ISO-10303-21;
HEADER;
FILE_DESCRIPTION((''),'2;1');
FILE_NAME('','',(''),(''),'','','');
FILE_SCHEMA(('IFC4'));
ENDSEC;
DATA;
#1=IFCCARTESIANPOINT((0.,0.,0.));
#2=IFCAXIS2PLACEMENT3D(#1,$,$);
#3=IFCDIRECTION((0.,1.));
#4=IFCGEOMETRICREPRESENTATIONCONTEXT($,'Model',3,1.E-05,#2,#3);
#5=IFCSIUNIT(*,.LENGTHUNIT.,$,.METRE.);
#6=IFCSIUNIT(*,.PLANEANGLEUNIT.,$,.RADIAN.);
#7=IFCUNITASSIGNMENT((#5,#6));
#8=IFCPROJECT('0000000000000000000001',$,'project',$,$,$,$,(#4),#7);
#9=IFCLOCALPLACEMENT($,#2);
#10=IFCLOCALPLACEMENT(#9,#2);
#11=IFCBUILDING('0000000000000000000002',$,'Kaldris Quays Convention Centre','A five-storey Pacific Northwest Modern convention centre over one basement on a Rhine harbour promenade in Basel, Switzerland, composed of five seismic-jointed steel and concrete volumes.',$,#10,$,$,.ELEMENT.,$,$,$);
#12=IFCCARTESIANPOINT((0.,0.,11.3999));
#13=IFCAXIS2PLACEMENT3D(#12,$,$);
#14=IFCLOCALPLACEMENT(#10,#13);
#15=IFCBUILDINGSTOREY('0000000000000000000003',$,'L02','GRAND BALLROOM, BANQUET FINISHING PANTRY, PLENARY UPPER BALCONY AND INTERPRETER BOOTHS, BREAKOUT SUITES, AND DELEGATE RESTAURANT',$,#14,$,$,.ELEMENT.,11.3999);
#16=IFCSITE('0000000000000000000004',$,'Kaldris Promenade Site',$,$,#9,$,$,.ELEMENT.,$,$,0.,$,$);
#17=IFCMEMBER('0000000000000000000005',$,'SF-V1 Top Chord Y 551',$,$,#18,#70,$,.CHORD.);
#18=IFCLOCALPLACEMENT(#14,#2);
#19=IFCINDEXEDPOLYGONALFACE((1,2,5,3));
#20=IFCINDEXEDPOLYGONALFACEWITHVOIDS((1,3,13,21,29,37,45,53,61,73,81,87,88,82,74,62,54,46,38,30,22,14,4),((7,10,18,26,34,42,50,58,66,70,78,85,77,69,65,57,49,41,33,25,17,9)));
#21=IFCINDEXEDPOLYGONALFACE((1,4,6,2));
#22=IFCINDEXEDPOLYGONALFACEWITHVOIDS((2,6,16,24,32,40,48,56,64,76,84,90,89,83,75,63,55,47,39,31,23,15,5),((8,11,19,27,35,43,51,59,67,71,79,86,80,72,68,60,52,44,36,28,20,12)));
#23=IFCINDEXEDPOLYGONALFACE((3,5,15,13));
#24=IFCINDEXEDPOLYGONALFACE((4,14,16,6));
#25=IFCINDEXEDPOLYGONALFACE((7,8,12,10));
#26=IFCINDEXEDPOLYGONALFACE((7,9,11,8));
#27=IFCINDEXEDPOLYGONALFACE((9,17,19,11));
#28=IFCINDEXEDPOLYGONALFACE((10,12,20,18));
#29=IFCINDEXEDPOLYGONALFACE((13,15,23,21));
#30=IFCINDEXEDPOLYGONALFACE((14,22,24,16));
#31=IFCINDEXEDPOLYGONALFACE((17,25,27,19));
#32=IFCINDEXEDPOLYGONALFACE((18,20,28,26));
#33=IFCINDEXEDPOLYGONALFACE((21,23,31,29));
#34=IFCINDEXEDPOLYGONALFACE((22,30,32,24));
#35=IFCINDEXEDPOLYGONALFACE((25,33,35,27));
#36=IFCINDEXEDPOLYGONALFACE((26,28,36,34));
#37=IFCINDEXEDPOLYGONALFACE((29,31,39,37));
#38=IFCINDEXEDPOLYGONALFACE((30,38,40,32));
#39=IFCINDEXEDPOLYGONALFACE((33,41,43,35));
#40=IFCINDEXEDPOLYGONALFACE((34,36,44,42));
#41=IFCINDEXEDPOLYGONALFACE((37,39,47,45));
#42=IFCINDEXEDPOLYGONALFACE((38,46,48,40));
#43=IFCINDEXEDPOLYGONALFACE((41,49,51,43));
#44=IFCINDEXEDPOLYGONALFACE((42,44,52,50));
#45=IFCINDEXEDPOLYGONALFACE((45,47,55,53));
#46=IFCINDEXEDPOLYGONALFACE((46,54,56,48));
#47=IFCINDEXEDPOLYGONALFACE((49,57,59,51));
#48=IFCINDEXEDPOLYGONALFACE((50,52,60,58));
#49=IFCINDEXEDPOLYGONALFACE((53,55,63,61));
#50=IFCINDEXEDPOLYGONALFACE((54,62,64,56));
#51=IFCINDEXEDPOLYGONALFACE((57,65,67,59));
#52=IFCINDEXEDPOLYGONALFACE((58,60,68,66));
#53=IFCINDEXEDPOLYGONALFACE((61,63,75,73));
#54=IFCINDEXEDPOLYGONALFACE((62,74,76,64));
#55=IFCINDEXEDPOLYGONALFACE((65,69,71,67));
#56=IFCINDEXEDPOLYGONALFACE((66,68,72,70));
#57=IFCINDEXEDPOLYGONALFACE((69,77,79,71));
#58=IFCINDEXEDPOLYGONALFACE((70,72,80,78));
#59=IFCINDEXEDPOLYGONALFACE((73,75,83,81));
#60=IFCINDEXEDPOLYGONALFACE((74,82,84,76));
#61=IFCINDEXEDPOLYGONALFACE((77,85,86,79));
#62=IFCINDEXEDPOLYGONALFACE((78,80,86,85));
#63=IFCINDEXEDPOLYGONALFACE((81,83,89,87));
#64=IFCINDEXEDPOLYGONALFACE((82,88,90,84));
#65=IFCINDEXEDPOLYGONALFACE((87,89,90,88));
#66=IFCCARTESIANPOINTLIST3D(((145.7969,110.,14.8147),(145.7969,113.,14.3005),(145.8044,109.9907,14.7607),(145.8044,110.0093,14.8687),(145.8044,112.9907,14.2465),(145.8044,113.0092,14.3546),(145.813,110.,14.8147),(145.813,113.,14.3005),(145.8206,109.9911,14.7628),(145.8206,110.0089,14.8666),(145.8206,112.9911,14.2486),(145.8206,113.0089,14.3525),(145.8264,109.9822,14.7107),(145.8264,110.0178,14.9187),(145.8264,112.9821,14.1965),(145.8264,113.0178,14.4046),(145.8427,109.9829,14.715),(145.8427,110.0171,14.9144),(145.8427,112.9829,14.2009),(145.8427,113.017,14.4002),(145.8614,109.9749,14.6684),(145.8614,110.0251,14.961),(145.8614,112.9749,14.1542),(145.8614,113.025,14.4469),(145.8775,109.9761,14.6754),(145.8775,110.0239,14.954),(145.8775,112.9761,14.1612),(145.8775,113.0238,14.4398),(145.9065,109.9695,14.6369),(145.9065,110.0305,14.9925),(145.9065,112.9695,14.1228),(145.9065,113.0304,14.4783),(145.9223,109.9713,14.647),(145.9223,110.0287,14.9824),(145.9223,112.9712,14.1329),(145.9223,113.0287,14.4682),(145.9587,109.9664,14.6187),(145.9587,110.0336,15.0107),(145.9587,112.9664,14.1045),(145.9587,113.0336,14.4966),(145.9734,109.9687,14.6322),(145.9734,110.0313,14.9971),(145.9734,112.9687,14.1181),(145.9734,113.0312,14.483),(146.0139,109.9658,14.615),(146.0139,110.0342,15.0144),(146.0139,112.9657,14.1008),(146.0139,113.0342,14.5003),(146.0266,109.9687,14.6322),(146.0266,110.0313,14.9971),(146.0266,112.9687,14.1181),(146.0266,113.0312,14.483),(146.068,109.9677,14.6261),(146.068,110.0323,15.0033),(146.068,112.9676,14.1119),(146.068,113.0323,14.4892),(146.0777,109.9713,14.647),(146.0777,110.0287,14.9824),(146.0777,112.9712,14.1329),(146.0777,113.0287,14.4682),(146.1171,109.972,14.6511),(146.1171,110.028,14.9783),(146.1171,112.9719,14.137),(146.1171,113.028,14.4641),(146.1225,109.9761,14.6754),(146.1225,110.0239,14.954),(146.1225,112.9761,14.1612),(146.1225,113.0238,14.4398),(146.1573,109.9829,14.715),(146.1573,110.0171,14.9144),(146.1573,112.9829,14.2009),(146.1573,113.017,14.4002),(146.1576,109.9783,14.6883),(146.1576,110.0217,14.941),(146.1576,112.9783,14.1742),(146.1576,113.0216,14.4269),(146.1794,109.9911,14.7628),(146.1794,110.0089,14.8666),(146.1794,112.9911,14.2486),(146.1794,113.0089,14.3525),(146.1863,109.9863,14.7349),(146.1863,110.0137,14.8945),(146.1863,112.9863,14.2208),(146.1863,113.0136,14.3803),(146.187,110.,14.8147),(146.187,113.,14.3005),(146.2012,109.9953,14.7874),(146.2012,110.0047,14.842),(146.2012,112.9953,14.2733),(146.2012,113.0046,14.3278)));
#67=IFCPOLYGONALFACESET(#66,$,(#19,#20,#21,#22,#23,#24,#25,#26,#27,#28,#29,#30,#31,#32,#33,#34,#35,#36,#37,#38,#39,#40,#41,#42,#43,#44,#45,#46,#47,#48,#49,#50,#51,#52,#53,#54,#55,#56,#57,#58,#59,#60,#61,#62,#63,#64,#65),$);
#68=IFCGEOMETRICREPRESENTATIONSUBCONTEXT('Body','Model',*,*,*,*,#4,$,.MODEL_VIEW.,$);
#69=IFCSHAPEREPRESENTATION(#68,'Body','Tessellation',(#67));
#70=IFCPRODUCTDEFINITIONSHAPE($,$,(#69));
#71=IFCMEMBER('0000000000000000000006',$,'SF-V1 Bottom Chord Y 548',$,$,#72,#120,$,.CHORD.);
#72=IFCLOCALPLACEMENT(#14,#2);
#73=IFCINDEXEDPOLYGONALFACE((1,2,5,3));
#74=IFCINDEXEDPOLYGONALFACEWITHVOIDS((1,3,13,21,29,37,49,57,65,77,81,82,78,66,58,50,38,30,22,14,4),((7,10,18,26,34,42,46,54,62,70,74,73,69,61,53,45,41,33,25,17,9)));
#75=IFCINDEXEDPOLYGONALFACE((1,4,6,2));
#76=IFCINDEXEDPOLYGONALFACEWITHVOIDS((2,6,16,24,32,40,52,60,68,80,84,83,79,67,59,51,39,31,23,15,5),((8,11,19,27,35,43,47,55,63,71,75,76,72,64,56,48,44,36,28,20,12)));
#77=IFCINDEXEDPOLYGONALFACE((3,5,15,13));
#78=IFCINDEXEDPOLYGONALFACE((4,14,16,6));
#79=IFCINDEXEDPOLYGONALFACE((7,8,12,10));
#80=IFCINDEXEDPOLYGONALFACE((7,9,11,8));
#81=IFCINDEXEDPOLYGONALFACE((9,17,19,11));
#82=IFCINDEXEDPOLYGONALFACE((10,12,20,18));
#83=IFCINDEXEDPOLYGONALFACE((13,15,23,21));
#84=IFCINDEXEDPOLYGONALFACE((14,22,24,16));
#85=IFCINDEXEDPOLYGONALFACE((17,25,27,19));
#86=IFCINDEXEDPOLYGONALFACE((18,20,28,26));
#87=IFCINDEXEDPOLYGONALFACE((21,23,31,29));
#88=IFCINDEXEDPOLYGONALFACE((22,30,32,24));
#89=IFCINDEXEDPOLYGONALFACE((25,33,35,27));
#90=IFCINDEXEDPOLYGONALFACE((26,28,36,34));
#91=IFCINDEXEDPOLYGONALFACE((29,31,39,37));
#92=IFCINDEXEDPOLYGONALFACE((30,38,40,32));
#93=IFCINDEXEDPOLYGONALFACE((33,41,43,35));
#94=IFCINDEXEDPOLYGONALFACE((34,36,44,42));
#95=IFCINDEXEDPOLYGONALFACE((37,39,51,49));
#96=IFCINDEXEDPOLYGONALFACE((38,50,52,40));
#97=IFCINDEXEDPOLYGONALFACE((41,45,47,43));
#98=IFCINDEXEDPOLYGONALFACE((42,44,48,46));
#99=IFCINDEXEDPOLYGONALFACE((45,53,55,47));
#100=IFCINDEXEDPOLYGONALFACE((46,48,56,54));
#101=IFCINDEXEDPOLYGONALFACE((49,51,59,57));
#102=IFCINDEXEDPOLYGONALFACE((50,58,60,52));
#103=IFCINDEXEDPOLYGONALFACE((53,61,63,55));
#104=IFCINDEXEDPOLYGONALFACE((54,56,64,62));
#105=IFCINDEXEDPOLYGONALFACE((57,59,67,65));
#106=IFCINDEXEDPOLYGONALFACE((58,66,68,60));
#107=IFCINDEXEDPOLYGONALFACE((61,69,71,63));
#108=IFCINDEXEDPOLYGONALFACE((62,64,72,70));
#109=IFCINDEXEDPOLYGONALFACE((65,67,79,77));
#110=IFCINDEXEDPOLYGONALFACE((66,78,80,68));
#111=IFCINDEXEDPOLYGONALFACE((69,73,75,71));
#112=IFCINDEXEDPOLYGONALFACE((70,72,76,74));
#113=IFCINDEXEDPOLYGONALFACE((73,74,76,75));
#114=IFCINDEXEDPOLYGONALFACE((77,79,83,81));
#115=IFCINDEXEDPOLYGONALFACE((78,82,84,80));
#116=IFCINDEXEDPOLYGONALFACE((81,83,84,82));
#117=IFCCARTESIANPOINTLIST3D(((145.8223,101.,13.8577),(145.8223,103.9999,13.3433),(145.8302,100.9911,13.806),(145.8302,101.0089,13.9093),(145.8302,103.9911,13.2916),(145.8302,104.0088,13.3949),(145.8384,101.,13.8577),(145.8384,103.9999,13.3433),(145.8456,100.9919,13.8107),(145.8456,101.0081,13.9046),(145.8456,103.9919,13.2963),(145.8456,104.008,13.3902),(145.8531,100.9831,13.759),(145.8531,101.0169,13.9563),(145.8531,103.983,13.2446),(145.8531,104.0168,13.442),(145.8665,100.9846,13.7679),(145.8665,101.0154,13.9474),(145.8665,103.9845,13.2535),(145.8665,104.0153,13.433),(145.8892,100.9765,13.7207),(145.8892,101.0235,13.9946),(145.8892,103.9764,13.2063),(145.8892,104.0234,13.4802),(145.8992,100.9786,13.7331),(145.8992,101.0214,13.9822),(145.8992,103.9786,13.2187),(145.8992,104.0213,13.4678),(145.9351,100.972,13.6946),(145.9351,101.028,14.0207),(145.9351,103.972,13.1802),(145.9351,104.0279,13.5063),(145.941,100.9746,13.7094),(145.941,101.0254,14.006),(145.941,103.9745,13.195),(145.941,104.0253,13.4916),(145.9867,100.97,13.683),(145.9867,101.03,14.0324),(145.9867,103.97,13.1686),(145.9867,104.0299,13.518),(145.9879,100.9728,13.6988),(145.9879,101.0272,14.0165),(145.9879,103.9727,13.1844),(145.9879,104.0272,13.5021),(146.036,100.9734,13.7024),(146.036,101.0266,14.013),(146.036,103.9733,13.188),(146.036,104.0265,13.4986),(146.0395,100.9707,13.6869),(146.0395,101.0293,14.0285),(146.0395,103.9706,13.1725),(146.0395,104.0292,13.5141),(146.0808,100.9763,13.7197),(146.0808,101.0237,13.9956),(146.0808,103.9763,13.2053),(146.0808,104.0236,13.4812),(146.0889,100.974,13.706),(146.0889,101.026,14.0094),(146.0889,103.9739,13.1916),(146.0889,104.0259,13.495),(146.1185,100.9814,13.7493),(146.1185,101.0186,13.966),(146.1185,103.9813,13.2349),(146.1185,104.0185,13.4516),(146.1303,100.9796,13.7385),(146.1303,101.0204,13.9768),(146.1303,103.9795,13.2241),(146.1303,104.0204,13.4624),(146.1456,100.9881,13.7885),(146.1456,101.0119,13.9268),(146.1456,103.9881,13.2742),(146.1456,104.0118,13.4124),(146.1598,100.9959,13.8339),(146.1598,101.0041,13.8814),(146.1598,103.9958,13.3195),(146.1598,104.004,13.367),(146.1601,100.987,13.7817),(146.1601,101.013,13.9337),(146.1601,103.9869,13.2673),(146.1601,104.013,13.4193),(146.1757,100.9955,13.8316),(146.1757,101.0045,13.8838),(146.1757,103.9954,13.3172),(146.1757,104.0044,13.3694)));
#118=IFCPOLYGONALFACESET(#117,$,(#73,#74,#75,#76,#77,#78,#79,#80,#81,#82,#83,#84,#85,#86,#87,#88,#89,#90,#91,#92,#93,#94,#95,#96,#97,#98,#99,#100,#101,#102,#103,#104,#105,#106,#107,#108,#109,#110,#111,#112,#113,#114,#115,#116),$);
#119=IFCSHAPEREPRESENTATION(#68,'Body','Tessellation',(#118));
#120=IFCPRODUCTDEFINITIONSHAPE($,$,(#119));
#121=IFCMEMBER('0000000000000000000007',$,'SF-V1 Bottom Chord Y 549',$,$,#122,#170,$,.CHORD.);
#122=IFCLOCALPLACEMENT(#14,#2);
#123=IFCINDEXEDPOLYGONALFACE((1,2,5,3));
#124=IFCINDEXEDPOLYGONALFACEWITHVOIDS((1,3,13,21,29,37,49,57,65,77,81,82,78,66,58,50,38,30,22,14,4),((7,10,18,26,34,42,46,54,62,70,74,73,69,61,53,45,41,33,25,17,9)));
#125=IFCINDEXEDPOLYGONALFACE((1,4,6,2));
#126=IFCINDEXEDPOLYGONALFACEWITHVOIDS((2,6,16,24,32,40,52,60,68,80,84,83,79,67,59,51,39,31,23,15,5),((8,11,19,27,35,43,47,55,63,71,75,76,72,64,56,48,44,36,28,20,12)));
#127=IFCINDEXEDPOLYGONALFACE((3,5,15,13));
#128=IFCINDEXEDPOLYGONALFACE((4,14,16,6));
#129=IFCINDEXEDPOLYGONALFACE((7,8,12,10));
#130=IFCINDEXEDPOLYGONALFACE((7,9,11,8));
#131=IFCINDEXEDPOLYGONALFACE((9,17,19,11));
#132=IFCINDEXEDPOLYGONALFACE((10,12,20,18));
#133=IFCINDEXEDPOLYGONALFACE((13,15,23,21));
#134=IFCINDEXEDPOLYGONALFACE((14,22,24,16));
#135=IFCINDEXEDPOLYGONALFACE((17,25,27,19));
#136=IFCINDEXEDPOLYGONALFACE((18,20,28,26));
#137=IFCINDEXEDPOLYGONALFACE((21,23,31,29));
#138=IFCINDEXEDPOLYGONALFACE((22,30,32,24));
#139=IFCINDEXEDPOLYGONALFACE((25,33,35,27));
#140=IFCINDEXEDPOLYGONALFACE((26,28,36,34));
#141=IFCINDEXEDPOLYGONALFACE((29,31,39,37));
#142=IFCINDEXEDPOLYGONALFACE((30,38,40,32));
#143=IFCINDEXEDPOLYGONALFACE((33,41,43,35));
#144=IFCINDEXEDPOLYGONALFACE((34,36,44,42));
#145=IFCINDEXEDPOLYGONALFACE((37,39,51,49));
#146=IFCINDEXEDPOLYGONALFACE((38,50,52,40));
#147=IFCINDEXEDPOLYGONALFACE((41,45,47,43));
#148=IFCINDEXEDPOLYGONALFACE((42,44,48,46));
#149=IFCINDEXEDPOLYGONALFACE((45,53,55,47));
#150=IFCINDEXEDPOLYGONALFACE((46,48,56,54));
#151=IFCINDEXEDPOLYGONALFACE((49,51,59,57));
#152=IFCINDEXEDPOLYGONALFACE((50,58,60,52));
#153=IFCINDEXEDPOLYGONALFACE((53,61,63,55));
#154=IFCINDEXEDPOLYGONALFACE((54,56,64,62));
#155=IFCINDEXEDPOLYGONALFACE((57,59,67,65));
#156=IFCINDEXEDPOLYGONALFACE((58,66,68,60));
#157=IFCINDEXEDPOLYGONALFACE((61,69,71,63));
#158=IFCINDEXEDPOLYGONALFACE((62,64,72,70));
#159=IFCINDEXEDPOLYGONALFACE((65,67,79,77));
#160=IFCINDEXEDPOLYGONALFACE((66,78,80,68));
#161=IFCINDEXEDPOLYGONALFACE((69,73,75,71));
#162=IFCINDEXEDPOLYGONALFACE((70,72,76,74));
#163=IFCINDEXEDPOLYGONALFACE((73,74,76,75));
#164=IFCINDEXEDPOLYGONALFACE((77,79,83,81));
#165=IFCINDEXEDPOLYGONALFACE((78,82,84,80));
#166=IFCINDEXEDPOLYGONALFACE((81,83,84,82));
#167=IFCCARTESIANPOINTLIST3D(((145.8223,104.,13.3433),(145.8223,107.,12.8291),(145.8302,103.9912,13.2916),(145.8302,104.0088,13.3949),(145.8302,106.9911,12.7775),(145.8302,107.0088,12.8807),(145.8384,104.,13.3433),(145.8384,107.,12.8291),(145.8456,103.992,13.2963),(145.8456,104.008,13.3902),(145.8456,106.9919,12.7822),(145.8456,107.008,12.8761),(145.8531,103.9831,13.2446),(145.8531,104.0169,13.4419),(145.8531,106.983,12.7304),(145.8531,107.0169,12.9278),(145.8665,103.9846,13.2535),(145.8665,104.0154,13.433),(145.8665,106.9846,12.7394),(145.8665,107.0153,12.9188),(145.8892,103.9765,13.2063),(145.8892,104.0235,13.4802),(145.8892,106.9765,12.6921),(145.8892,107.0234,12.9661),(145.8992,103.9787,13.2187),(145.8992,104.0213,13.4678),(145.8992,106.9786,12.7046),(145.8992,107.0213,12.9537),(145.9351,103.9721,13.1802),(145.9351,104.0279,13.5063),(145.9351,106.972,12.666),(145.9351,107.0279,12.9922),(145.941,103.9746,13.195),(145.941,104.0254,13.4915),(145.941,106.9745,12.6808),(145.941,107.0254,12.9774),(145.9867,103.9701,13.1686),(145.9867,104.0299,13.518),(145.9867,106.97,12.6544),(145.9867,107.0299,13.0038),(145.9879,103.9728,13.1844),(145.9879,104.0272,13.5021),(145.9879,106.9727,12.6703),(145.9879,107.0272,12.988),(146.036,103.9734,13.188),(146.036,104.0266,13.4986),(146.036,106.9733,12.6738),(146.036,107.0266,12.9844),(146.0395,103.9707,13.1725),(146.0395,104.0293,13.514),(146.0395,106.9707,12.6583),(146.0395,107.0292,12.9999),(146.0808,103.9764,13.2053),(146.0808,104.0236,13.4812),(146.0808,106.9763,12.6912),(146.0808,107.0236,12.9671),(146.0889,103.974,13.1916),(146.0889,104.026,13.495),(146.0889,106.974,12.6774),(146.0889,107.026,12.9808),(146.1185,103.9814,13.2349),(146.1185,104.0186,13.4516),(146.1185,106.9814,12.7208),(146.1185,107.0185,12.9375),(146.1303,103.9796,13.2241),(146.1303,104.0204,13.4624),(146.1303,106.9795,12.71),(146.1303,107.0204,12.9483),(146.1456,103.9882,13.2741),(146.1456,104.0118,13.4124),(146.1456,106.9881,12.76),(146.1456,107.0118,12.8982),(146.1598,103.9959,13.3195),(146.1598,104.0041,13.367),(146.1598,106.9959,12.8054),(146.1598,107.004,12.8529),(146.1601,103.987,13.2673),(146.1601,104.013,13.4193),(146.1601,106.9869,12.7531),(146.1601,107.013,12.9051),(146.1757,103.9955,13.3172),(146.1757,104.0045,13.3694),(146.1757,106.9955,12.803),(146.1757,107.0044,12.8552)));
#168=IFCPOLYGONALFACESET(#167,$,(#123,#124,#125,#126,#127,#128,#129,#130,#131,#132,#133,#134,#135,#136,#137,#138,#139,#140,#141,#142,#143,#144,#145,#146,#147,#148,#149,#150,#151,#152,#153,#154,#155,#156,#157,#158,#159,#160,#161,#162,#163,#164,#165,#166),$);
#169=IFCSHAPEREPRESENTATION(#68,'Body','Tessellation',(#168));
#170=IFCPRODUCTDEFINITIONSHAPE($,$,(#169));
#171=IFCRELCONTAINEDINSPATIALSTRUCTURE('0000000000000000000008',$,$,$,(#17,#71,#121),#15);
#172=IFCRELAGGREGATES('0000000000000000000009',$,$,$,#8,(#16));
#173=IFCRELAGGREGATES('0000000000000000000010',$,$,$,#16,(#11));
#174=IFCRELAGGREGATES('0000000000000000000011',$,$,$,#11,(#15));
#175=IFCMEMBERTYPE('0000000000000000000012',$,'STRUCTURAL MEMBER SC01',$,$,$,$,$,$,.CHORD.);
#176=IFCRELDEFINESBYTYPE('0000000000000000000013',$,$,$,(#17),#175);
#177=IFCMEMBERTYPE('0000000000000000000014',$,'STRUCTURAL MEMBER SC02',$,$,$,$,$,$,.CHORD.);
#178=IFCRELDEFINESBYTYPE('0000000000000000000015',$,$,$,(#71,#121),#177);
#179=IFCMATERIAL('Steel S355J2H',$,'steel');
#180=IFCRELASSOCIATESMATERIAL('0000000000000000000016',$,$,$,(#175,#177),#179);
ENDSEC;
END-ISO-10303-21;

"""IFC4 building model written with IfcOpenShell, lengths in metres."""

from ifc_helpers import new_model, si_unit, direction, frame, origin, origin_2d, place, context, subcontext, project, spatial, hollow_circle, extrude, material, material_profile, profile_set, type_object, element, save


model = new_model("IFC4")

# Units and contexts
model_context = context("Model", 3, precision=1e-05, world=origin(), true_north=direction((0.0, 1.0)))
body_context = subcontext(model_context, "Body", "Model", "MODEL_VIEW")
ifc_project = project(units=[si_unit("LENGTHUNIT", "METRE"), si_unit("PLANEANGLEUNIT", "RADIAN")], contexts=[model_context])

# Site, building, storey
site_placement = place(None, origin())
site = spatial("IfcSite", under=ifc_project, at=site_placement, Name="Kaldris Promenade Site", CompositionType="ELEMENT", RefElevation=0.0)
building_placement = place(site_placement, origin())
building = spatial("IfcBuilding", under=site, at=building_placement, Name="Kaldris Quays Convention Centre", Description="A five-storey Pacific Northwest Modern convention centre over one basement on a Rhine harbour promenade in Basel, Switzerland, composed of five seismic-jointed steel and concrete volumes.", CompositionType="ELEMENT")
storey_placement = place(building_placement, frame((0.0, 0.0, 11.3999)))
storey = spatial("IfcBuildingStorey", under=building, at=storey_placement, Name="L02", Description="GRAND BALLROOM, BANQUET FINISHING PANTRY, PLENARY UPPER BALCONY AND INTERPRETER BOOTHS, BREAKOUT SUITES, AND DELEGATE RESTAURANT", CompositionType="ELEMENT", Elevation=11.3999)

# Members
ifc_material_1 = material(Name="Steel S355J2H", Category="steel")
ifc_material_profile_1 = material_profile(ifc_material_1, hollow_circle(Radius=0.2031, WallThickness=0.0161, at=origin_2d()), Name="CHS 406.4x16")
ifc_profile_set_1 = profile_set([ifc_material_profile_1], Name="Steel S355J2H")
member_type_1 = type_object("IfcMemberType", Name="STRUCTURAL MEMBER SC01", PredefinedType="CHORD", material=ifc_profile_set_1)
for number, where, z_axis, x_axis, name in (
    (1, (146.0, 110.0, 14.8147), (0.0, 0.985629, -0.168924), (-1.0, 0.0, 0.0), "SF-V1 Top Chord Y 551"),
):
    element("IfcMember", number, at=place(storey_placement, frame(where, z_axis=z_axis, x_axis=x_axis)), inside=storey, type_object=member_type_1, Name=name, PredefinedType="CHORD", context=body_context, shape_type="SweptSolid", body=[
        extrude(hollow_circle(Radius=0.2031, WallThickness=0.0161, at=origin_2d()), origin(), (0.0, 0.0, 1.0), 3.0437),
    ])
ifc_material_profile_2 = material_profile(ifc_material_1, hollow_circle(Radius=0.1777, WallThickness=0.0161, at=origin_2d()), Name="CHS 355.6x16")
ifc_profile_set_2 = profile_set([ifc_material_profile_2], Name="Steel S355J2H")
member_type_2 = type_object("IfcMemberType", Name="STRUCTURAL MEMBER SC02", PredefinedType="CHORD", material=ifc_profile_set_2)
for number, where, z_axis, x_axis, name in (
    (2, (146.0, 101.0, 13.8577), (0.0, 0.985616, -0.169002), (-1.0, 0.0, 0.0), "SF-V1 Bottom Chord Y 548"),
    (3, (146.0, 104.0, 13.3433), (0.0, 0.985629, -0.168924), (-1.0, 0.0, 0.0), "SF-V1 Bottom Chord Y 549"),
):
    element("IfcMember", number, at=place(storey_placement, frame(where, z_axis=z_axis, x_axis=x_axis)), inside=storey, type_object=member_type_2, Name=name, PredefinedType="CHORD", context=body_context, shape_type="SweptSolid", body=[
        extrude(hollow_circle(Radius=0.1777, WallThickness=0.0161, at=origin_2d()), origin(), (0.0, 0.0, 1.0), 3.0437),
    ])

save(model, "model.ifc")
